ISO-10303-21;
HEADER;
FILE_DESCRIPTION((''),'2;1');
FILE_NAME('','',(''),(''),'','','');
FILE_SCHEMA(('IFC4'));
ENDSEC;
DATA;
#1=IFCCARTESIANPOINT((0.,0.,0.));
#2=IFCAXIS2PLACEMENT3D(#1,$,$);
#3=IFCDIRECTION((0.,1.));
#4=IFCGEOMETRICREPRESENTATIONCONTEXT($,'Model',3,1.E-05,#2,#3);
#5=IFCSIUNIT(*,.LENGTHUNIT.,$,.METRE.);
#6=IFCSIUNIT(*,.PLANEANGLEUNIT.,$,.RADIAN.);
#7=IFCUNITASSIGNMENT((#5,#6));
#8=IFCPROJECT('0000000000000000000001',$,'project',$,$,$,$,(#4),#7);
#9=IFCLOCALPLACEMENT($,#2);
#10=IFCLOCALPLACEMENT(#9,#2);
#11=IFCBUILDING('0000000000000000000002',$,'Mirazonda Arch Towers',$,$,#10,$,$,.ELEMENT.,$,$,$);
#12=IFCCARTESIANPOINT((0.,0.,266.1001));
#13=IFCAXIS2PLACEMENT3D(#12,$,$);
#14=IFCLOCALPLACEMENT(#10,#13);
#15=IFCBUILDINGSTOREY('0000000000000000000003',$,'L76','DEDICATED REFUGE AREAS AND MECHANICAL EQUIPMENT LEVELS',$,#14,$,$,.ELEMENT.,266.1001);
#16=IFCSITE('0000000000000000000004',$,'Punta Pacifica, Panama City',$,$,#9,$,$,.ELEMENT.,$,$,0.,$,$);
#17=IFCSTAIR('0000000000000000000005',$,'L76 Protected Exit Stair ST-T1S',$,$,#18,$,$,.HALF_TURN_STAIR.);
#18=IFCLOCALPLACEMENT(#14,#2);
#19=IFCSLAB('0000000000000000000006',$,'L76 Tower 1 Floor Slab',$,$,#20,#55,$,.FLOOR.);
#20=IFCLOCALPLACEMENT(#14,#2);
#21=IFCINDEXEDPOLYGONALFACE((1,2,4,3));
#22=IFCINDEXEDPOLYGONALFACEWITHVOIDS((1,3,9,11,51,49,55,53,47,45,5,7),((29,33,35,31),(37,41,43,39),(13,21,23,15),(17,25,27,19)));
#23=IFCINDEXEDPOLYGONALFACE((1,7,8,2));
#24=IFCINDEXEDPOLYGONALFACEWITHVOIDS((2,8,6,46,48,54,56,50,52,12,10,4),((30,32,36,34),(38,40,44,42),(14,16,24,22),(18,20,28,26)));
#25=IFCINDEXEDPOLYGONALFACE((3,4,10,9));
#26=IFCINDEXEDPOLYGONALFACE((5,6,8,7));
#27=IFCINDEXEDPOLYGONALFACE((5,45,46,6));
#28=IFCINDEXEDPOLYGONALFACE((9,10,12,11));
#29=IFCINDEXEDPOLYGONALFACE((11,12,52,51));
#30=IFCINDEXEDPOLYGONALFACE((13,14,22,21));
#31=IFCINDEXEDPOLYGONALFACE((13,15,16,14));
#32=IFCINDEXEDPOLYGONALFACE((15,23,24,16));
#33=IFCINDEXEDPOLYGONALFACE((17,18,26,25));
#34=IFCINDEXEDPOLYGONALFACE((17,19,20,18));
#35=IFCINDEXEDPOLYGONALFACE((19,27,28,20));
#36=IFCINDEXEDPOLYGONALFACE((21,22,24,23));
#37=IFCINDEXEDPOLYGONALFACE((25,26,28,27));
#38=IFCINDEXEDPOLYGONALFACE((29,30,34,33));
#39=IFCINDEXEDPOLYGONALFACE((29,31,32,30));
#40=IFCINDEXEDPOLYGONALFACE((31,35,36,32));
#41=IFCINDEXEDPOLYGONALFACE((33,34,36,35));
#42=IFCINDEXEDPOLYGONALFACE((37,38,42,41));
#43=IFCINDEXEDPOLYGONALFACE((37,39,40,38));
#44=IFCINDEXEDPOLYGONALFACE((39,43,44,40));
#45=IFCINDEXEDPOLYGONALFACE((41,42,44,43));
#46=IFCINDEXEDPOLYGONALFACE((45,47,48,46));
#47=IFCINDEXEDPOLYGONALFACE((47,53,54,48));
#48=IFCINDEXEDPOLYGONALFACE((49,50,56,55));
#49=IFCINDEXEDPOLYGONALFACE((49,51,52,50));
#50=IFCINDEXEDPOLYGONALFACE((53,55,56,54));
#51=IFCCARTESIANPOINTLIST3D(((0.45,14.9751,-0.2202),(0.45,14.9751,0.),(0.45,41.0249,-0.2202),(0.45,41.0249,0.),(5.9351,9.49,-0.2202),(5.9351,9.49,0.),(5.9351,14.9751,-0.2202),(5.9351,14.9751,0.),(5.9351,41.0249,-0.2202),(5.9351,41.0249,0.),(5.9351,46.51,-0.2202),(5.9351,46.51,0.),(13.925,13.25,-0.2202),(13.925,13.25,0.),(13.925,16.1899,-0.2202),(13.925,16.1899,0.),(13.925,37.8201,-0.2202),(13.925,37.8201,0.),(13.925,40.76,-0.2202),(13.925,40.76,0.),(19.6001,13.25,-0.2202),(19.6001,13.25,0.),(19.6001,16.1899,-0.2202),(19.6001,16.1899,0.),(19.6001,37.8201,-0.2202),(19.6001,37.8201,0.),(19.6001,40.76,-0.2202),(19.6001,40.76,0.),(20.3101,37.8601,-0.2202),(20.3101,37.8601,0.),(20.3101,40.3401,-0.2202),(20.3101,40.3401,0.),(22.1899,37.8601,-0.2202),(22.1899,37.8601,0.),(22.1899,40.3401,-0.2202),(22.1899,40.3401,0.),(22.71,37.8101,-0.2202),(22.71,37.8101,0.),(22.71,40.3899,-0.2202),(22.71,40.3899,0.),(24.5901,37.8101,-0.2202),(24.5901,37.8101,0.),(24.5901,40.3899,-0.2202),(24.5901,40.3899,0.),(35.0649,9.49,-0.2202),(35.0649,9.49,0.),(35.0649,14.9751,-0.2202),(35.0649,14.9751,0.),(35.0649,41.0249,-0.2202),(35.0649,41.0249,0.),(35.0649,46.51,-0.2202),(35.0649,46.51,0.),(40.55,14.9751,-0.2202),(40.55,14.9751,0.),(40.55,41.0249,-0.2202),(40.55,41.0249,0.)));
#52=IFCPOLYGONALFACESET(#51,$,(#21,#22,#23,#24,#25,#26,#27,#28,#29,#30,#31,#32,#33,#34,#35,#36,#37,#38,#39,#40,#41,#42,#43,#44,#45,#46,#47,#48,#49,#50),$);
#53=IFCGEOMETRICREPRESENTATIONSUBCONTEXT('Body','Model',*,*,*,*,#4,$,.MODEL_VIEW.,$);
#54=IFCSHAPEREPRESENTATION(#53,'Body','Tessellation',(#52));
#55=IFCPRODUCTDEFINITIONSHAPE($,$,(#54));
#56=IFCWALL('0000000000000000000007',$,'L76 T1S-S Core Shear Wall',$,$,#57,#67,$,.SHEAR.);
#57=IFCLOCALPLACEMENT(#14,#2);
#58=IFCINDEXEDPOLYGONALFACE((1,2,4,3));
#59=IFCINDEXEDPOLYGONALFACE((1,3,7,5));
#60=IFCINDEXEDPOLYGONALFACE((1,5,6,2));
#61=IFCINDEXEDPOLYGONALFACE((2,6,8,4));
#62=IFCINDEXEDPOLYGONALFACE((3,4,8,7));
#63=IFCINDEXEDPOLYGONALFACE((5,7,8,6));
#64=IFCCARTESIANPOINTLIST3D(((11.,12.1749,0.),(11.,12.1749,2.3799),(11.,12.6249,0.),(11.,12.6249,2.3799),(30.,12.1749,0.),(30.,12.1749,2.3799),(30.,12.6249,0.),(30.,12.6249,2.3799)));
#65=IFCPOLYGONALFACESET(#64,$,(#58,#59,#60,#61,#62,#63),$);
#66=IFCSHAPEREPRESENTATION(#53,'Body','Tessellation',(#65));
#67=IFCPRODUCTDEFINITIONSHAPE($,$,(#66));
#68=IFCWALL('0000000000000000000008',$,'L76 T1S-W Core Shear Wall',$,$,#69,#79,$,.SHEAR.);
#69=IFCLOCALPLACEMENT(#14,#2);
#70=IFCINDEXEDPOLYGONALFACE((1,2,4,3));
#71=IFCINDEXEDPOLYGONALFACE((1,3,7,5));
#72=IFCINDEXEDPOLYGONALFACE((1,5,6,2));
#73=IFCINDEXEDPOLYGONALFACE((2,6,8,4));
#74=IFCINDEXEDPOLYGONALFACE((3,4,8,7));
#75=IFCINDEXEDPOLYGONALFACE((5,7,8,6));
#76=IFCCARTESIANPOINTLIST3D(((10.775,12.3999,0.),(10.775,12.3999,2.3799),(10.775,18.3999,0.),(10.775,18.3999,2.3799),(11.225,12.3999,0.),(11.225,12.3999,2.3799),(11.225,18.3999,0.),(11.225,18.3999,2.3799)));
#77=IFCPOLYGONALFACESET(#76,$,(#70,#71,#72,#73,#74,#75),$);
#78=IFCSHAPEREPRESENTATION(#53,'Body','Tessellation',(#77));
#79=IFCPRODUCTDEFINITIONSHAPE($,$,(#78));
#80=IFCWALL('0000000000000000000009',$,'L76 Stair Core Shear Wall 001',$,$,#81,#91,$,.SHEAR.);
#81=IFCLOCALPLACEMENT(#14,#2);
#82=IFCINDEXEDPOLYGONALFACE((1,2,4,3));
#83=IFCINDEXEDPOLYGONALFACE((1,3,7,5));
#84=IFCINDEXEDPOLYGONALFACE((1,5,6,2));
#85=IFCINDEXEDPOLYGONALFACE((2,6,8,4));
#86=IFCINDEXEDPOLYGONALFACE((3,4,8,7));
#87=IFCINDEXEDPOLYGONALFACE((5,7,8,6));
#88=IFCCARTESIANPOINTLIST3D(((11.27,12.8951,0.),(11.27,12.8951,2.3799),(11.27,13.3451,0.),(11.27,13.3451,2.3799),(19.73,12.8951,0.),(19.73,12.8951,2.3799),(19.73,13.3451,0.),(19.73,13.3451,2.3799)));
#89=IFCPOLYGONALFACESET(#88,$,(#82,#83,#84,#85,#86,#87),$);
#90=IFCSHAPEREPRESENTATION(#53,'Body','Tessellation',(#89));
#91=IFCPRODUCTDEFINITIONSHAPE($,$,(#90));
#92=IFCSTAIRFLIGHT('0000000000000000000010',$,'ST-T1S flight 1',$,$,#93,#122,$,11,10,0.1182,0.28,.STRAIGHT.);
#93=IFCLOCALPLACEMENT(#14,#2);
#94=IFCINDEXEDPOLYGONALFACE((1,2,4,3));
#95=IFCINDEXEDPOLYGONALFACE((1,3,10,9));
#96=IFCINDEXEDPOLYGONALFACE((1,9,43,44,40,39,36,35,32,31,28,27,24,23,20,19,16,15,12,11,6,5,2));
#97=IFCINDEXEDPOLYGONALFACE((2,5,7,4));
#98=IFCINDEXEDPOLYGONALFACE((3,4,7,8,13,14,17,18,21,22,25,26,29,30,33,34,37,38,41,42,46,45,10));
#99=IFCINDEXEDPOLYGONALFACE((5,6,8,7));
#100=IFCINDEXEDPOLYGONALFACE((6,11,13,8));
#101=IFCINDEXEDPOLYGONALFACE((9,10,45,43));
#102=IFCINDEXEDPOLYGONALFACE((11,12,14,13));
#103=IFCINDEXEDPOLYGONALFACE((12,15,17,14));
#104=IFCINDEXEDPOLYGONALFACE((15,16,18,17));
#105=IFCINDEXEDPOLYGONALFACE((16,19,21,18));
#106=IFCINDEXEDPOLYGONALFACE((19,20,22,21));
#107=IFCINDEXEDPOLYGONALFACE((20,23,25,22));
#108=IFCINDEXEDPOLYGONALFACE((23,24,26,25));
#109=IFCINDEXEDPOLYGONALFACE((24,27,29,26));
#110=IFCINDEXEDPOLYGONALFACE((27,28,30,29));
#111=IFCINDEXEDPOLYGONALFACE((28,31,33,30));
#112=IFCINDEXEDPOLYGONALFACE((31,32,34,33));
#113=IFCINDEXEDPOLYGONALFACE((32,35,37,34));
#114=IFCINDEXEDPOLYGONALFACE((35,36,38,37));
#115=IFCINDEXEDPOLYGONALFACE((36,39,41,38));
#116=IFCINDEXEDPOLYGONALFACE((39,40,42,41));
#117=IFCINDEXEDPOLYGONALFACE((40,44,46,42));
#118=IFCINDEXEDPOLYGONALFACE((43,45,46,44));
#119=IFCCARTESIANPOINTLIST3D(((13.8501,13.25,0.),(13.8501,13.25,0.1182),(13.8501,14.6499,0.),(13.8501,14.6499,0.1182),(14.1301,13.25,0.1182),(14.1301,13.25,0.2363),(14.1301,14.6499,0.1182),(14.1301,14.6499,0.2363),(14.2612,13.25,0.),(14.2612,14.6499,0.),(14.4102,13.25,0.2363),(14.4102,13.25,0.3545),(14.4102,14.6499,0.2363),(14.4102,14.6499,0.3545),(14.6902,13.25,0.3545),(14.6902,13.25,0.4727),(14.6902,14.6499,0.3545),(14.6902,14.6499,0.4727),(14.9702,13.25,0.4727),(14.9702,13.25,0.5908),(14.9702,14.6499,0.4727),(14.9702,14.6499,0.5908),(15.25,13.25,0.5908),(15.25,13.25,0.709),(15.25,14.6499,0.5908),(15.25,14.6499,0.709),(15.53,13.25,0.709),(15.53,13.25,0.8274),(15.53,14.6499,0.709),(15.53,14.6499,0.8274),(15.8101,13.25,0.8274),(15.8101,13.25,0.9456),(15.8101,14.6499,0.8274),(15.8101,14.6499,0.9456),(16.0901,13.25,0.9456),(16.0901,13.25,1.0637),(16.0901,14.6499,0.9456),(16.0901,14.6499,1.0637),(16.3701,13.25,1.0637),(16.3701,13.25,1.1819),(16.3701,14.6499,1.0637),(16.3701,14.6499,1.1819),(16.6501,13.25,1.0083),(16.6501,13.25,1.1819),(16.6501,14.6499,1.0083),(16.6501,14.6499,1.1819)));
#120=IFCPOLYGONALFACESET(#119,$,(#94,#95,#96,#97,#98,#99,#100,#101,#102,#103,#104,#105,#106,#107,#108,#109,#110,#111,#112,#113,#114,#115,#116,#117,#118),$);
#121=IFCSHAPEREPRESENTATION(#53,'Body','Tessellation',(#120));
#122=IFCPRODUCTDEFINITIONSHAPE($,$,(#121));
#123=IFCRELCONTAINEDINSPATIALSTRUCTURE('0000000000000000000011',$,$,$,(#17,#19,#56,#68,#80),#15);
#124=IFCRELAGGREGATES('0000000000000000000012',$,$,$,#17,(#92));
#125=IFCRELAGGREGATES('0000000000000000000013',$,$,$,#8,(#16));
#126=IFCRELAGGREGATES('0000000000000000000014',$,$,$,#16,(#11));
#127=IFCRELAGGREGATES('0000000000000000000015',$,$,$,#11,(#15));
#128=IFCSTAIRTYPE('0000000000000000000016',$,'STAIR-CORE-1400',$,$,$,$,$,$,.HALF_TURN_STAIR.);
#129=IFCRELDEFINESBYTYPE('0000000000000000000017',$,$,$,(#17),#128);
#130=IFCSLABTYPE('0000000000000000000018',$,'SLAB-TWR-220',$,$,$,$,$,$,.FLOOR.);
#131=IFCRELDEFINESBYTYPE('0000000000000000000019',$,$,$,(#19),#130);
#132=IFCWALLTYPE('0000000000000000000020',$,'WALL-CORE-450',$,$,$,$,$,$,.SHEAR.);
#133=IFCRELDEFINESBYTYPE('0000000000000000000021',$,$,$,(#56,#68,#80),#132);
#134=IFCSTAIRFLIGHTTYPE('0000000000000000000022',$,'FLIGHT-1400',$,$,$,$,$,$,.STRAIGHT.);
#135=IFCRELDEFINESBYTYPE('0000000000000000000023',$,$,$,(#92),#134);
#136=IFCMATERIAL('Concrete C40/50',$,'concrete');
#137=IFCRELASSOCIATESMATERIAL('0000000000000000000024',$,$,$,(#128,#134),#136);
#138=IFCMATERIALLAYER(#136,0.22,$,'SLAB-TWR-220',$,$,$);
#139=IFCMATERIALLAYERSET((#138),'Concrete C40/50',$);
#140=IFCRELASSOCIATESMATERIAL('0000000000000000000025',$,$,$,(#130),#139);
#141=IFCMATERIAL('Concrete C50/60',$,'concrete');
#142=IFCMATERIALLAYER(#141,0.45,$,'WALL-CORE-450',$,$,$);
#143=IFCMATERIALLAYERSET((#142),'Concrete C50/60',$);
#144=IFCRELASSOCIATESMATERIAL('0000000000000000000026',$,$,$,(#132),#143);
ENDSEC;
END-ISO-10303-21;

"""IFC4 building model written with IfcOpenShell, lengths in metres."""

from ifc_helpers import new_model, si_unit, direction, frame, frame_2d, origin, place, context, subcontext, project, spatial, polyline, rectangle, outline, extrude, material, layer, layer_set, type_object, element, aggregate, save


model = new_model("IFC4")

# Units and contexts
model_context = context("Model", 3, precision=1e-05, world=origin(), true_north=direction((0.0, 1.0)))
body_context = subcontext(model_context, "Body", "Model", "MODEL_VIEW")
ifc_project = project(units=[si_unit("LENGTHUNIT", "METRE"), si_unit("PLANEANGLEUNIT", "RADIAN")], contexts=[model_context])

# Site, building, storey
site_placement = place(None, origin())
site = spatial("IfcSite", under=ifc_project, at=site_placement, Name="Punta Pacifica, Panama City", CompositionType="ELEMENT", RefElevation=0.0)
building_placement = place(site_placement, origin())
building = spatial("IfcBuilding", under=site, at=building_placement, Name="Mirazonda Arch Towers", CompositionType="ELEMENT")
storey_placement = place(building_placement, frame((0.0, 0.0, 266.1001)))
storey = spatial("IfcBuildingStorey", under=building, at=storey_placement, Name="L76", Description="DEDICATED REFUGE AREAS AND MECHANICAL EQUIPMENT LEVELS", CompositionType="ELEMENT", Elevation=266.1001)

# Shared definitions
ifc_material_1 = material(Name="Concrete C50/60", Category="concrete")

# Stair
ifc_material_2 = material(Name="Concrete C40/50", Category="concrete")
stair_type = type_object("IfcStairType", Name="STAIR-CORE-1400", PredefinedType="HALF_TURN_STAIR", material=ifc_material_2)
stair_1_placement = place(storey_placement, origin())
stair_1 = element("IfcStair", 1, at=stair_1_placement, inside=storey, type_object=stair_type, Name="L76 Protected Exit Stair ST-T1S", PredefinedType="HALF_TURN_STAIR")

# Slab
ifc_layer_1 = layer(ifc_material_2, 0.22, Name="SLAB-TWR-220")
ifc_layer_set_1 = layer_set([ifc_layer_1], Name="Concrete C40/50")
slab_type_1 = type_object("IfcSlabType", Name="SLAB-TWR-220", PredefinedType="FLOOR", material=ifc_layer_set_1)
slab_1_placement = place(storey_placement, frame((0.0, 0.0, -0.2202)))
element("IfcSlab", 2, at=slab_1_placement, inside=storey, type_object=slab_type_1, Name="L76 Tower 1 Floor Slab", PredefinedType="FLOOR", context=body_context, shape_type="SweptSolid", body=[
    extrude(outline(polyline([(5.9351, 9.49), (35.0649, 9.49), (35.0649, 14.9751), (40.55, 14.9751), (40.55, 41.0249), (35.0649, 41.0249), (35.0649, 46.51), (5.9351, 46.51), (5.9351, 41.0249), (0.45, 41.0249), (0.45, 14.9751), (5.9351, 14.9751), (5.9351, 9.49)]), holes=[polyline([(22.71, 37.8101), (22.71, 40.3899), (24.5901, 40.3899), (24.5901, 37.8101), (22.71, 37.8101)]), polyline([(20.3101, 37.8601), (20.3101, 40.3401), (22.1899, 40.3401), (22.1899, 37.8601), (20.3101, 37.8601)]), polyline([(19.6001, 13.25), (13.925, 13.25), (13.925, 16.1899), (19.6001, 16.1899), (19.6001, 13.25)]), polyline([(19.6001, 37.8201), (13.925, 37.8201), (13.925, 40.76), (19.6001, 40.76), (19.6001, 37.8201)])]), origin(), (0.0, 0.0, 1.0), 0.2202),
])

# Walls
ifc_layer_2 = layer(ifc_material_1, 0.45, Name="WALL-CORE-450")
ifc_layer_set_2 = layer_set([ifc_layer_2], Name="Concrete C50/60")
wall_type = type_object("IfcWallType", Name="WALL-CORE-450", PredefinedType="SHEAR", material=ifc_layer_set_2)
wall_1_placement = place(storey_placement, frame((11.0, 12.3999, 0.0), z_axis=(0.0, 0.0, 1.0), x_axis=(1.0, 0.0, 0.0)))
element("IfcWall", 3, at=wall_1_placement, inside=storey, type_object=wall_type, Name="L76 T1S-S Core Shear Wall", PredefinedType="SHEAR", context=body_context, shape_type="SweptSolid", body=[
    extrude(rectangle(XDim=19.0, YDim=0.45, at=frame_2d((9.5, 0.0))), origin(), (0.0, 0.0, 1.0), 2.3799),
])
wall_2_placement = place(storey_placement, frame((11.0, 12.3999, 0.0), z_axis=(0.0, 0.0, 1.0), x_axis=(0.0, 1.0, 0.0)))
element("IfcWall", 4, at=wall_2_placement, inside=storey, type_object=wall_type, Name="L76 T1S-W Core Shear Wall", PredefinedType="SHEAR", context=body_context, shape_type="SweptSolid", body=[
    extrude(rectangle(XDim=6.0, YDim=0.45, at=frame_2d((3.0, 0.0))), origin(), (0.0, 0.0, 1.0), 2.3799),
])
wall_3_placement = place(storey_placement, frame((11.27, 13.1201, 0.0), z_axis=(0.0, 0.0, 1.0), x_axis=(1.0, 0.0, 0.0)))
element("IfcWall", 5, at=wall_3_placement, inside=storey, type_object=wall_type, Name="L76 Stair Core Shear Wall 001", PredefinedType="SHEAR", context=body_context, shape_type="SweptSolid", body=[
    extrude(rectangle(XDim=8.46, YDim=0.45, at=frame_2d((4.23, 0.0))), origin(), (0.0, 0.0, 1.0), 2.3799),
])

# Stair flight
stair_flight_type = type_object("IfcStairFlightType", Name="FLIGHT-1400", PredefinedType="STRAIGHT", material=ifc_material_2)
stair_flight_placement = place(storey_placement, frame((13.8501, 13.95, 0.0), z_axis=(0.0, 0.0, 1.0), x_axis=(1.0, 0.0, 0.0)))
stair_flight = element("IfcStairFlight", 6, at=stair_flight_placement, type_object=stair_flight_type, Name="ST-T1S flight 1", NumberOfRisers=11, NumberOfTreads=10, PredefinedType="STRAIGHT", RiserHeight=0.1182, TreadLength=0.28, context=body_context, shape_type="SweptSolid", body=[
    extrude(outline(polyline([(0.0, 0.0), (0.0, 0.1182), (0.28, 0.1182), (0.28, 0.2363), (0.5601, 0.2363), (0.5601, 0.3545), (0.8401, 0.3545), (0.8401, 0.4727), (1.1201, 0.4727), (1.1201, 0.5908), (1.3999, 0.5908), (1.3999, 0.709), (1.6799, 0.709), (1.6799, 0.8274), (1.96, 0.8274), (1.96, 0.9456), (2.24, 0.9456), (2.24, 1.0637), (2.52, 1.0637), (2.52, 1.1819), (2.8, 1.1819), (2.8, 1.3), (2.8, 1.0083), (0.4111, 0.0), (0.0, 0.0)])), frame((0.0, 0.7, 0.0), z_axis=(0.0, -1.0, 0.0), x_axis=(1.0, 0.0, 0.0)), (0.0, 0.0, 1.0), 1.3999),
])
aggregate(stair_1, [stair_flight])

save(model, "model.ifc")
